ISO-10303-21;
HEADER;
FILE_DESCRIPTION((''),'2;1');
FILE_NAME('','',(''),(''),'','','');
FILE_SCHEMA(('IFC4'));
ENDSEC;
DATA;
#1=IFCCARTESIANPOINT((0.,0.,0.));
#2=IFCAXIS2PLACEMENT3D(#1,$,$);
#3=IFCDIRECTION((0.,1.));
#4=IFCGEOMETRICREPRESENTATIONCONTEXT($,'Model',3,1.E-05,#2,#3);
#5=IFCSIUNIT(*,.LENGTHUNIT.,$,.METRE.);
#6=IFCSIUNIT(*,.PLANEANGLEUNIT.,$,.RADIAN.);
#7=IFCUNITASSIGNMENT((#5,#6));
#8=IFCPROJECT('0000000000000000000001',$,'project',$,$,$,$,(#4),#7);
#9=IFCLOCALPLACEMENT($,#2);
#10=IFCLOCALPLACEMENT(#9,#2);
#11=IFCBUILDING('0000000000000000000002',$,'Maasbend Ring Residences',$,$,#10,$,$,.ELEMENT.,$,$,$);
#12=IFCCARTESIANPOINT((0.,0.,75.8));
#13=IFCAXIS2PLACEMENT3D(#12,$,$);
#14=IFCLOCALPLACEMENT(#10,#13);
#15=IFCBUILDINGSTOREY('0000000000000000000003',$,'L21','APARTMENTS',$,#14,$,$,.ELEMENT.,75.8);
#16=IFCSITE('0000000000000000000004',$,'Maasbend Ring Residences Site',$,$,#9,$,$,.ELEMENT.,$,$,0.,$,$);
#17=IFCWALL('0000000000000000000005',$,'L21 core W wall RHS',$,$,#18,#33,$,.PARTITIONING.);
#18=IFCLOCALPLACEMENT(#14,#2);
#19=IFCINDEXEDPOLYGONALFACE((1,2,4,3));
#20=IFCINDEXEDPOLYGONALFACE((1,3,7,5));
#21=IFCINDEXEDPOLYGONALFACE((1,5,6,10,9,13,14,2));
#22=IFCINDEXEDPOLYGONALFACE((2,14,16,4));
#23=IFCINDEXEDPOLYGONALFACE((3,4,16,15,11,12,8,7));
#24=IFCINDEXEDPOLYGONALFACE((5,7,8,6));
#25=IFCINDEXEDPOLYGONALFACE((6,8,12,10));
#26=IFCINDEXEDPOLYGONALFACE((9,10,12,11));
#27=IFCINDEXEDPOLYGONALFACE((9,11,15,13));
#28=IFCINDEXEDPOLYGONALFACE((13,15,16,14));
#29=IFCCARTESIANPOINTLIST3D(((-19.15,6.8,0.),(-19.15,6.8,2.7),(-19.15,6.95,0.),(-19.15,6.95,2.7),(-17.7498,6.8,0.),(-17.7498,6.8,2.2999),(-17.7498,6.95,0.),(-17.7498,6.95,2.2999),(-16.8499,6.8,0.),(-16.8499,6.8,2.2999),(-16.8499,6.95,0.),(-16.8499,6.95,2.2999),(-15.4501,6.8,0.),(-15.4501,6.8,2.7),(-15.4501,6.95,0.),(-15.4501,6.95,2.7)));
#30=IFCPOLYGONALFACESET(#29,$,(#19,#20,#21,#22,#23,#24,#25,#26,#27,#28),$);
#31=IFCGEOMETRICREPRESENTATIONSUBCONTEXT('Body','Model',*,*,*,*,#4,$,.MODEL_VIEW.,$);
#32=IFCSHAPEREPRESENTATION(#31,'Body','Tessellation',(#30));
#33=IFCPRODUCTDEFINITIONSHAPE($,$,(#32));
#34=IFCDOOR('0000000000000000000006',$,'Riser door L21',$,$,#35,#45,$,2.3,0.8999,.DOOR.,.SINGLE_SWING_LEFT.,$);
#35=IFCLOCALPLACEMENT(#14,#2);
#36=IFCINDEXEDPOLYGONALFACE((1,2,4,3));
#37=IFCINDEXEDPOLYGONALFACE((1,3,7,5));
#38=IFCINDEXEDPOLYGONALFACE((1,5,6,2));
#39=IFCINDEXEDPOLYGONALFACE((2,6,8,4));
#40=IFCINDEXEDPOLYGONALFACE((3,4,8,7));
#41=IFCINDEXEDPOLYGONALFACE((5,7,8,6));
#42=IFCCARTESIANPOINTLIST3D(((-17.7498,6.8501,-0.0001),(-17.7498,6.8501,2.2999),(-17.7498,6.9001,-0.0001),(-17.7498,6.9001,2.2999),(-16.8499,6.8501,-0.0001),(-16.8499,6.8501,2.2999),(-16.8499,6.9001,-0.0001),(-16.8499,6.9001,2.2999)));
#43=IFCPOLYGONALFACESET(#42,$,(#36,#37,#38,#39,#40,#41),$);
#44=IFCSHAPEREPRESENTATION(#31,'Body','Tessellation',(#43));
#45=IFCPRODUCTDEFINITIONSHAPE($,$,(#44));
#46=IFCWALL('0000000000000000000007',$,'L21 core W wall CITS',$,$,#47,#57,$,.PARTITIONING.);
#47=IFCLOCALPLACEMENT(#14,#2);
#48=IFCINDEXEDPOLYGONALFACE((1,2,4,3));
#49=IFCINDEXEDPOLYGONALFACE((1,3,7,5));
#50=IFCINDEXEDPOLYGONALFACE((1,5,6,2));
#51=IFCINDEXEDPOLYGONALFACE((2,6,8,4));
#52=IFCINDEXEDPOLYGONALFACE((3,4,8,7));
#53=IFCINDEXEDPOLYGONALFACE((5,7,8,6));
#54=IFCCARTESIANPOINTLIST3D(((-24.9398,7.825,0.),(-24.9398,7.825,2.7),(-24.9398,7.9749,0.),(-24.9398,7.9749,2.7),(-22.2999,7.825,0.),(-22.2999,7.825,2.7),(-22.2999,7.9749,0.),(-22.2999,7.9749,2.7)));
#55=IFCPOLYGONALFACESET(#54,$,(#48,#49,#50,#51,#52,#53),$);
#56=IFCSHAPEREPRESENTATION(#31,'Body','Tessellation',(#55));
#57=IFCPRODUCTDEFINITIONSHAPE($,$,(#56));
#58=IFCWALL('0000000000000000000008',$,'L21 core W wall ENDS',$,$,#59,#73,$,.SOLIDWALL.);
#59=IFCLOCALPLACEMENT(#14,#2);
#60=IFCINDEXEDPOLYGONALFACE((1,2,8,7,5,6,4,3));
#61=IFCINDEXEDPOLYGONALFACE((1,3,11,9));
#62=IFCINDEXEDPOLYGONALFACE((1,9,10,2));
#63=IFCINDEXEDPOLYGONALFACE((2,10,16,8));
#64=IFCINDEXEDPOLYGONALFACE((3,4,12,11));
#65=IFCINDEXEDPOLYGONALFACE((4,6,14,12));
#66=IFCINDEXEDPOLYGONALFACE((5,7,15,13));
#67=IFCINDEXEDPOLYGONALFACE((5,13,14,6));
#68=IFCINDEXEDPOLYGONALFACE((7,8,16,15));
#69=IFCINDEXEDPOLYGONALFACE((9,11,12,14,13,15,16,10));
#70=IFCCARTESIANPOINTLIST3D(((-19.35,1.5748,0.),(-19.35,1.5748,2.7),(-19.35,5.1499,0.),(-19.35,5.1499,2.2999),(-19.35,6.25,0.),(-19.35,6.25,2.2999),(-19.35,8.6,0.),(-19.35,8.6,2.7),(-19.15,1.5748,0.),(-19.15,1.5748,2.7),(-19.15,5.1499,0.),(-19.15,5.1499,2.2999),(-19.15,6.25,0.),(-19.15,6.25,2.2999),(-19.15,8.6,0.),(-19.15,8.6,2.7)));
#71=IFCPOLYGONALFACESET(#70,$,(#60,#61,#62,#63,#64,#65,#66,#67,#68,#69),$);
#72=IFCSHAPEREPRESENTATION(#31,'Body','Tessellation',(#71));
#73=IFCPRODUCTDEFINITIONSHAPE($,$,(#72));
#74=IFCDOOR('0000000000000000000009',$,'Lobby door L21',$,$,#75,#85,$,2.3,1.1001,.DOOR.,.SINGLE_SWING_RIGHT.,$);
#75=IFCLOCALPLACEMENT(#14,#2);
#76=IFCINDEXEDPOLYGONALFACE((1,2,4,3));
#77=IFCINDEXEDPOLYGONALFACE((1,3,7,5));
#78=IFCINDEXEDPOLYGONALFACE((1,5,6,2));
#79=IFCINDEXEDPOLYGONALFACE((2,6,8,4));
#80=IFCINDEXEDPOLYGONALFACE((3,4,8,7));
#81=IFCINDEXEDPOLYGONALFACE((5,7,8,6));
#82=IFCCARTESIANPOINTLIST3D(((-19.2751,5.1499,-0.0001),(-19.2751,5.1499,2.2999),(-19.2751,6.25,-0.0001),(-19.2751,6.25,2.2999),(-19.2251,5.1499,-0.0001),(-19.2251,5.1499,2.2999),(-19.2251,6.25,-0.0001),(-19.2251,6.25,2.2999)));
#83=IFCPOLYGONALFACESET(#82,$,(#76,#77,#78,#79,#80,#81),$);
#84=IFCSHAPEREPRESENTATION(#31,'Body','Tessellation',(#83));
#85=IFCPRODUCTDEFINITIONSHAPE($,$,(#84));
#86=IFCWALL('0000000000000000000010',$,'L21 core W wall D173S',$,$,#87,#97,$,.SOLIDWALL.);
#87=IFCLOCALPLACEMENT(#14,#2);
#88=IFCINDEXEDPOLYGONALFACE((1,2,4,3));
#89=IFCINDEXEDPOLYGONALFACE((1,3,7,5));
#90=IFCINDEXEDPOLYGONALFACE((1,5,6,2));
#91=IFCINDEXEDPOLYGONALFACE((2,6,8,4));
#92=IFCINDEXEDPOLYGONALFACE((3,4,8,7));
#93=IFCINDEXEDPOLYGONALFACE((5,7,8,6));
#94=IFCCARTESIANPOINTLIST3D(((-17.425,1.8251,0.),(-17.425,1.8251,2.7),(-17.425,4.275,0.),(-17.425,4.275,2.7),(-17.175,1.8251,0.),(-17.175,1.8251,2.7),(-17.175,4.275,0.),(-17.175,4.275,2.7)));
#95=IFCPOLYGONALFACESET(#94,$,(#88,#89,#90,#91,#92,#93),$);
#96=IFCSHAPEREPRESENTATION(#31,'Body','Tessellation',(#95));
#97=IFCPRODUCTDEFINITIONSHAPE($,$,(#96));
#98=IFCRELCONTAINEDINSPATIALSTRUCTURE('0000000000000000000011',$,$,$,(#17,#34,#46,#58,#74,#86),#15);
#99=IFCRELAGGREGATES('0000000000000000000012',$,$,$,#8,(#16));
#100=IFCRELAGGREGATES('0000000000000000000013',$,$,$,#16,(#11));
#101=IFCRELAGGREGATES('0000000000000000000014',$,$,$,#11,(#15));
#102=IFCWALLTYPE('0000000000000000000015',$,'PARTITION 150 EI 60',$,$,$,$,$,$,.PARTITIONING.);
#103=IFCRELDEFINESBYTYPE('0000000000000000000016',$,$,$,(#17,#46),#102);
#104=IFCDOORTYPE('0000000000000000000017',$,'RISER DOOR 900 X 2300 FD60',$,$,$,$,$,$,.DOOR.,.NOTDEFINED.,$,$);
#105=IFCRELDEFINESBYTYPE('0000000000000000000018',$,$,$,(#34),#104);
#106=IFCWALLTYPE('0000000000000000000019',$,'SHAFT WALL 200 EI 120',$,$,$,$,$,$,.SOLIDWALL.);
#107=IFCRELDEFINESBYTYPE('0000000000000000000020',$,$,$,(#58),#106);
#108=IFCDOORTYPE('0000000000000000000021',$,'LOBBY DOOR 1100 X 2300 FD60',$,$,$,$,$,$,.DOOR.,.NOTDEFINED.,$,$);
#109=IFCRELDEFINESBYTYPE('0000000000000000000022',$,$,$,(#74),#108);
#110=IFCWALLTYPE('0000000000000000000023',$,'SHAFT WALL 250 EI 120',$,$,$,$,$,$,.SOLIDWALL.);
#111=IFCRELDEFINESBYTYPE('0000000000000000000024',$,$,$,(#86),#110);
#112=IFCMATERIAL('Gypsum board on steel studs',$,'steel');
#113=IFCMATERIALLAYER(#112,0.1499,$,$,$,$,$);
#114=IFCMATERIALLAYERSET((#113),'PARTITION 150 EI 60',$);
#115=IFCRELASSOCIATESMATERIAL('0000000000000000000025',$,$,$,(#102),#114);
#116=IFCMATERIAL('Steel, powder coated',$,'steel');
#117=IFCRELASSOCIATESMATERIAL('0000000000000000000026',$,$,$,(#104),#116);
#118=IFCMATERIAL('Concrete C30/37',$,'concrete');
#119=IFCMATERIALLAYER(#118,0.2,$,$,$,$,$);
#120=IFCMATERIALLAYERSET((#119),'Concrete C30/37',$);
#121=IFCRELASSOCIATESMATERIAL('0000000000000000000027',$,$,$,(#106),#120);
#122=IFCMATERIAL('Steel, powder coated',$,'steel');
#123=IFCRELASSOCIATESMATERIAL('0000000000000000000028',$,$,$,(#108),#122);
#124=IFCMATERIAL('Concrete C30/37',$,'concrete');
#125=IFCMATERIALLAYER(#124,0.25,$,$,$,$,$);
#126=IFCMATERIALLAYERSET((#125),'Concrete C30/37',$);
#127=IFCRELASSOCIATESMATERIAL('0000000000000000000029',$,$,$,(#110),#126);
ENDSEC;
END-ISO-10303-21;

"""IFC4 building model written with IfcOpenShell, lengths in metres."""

from ifc_helpers import new_model, si_unit, direction, frame, frame_2d, origin, place, context, subcontext, project, spatial, rectangle, extrude, material, layer, layer_set, type_object, element, fill, save


model = new_model("IFC4")

# Units and contexts
model_context = context("Model", 3, precision=1e-05, world=origin(), true_north=direction((0.0, 1.0)))
body_context = subcontext(model_context, "Body", "Model", "MODEL_VIEW")
ifc_project = project(units=[si_unit("LENGTHUNIT", "METRE"), si_unit("PLANEANGLEUNIT", "RADIAN")], contexts=[model_context])

# Site, building, storey
site_placement = place(None, origin())
site = spatial("IfcSite", under=ifc_project, at=site_placement, Name="Maasbend Ring Residences Site", CompositionType="ELEMENT", RefElevation=0.0)
building_placement = place(site_placement, origin())
building = spatial("IfcBuilding", under=site, at=building_placement, Name="Maasbend Ring Residences", CompositionType="ELEMENT")
storey_placement = place(building_placement, frame((0.0, 0.0, 75.8)))
storey = spatial("IfcBuildingStorey", under=building, at=storey_placement, Name="L21", Description="APARTMENTS", CompositionType="ELEMENT", Elevation=75.8)

# Wall, opening, door
ifc_material_1 = material(Name="Gypsum board on steel studs", Category="steel")
ifc_layer_1 = layer(ifc_material_1, 0.1499)
ifc_layer_set_1 = layer_set([ifc_layer_1], Name="PARTITION 150 EI 60")
wall_type_1 = type_object("IfcWallType", Name="PARTITION 150 EI 60", PredefinedType="PARTITIONING", material=ifc_layer_set_1)
wall_1_placement = place(storey_placement, frame((-15.45, 6.875, 0.0), z_axis=(0.0, 0.0, 1.0), x_axis=(-1.0, 0.0, 0.0)))
wall_1 = element("IfcWall", 1, at=wall_1_placement, inside=storey, type_object=wall_type_1, Name="L21 core W wall RHS", PredefinedType="PARTITIONING", context=body_context, shape_type="SweptSolid", body=[
    extrude(rectangle(XDim=3.7, YDim=0.1499, at=frame_2d((1.8501, 0.0))), origin(), (0.0, 0.0, 1.0), 2.7),
])
opening_1_placement = place(wall_1_placement, frame((1.3999, 0.0, 0.0)))
opening_1 = element("IfcOpeningElement", 2, at=opening_1_placement, cuts=wall_1, PredefinedType="OPENING", context=body_context, shape_type="SweptSolid", body=[
    extrude(rectangle(XDim=0.8999, YDim=2.3, at=frame_2d((0.45, 1.1499))), frame((0.0, 0.085, 0.0), z_axis=(0.0, -1.0, 0.0), x_axis=(1.0, 0.0, 0.0)), (0.0, 0.0, 1.0), 0.1699),
])
ifc_material_2 = material(Name="Steel, powder coated", Category="steel")
door_type_1 = type_object("IfcDoorType", Name="RISER DOOR 900 X 2300 FD60", OperationType="NOTDEFINED", PredefinedType="DOOR", material=ifc_material_2)
door_1_placement = place(opening_1_placement, origin())
door_1 = element("IfcDoor", 3, at=door_1_placement, inside=storey, type_object=door_type_1, Name="Riser door L21", OperationType="SINGLE_SWING_LEFT", OverallHeight=2.3, OverallWidth=0.8999, PredefinedType="DOOR", context=body_context, shape_type="SweptSolid", body=[
    extrude(rectangle(XDim=0.8999, YDim=2.3, at=frame_2d((0.45, 1.1499))), frame((0.0, 0.0249, 0.0), z_axis=(0.0, -1.0, 0.0), x_axis=(1.0, 0.0, 0.0)), (0.0, 0.0, 1.0), 0.05),
])
fill(opening_1, door_1)

# Wall
wall_2_placement = place(storey_placement, frame((-22.3, 7.8999, 0.0), z_axis=(0.0, 0.0, 1.0), x_axis=(-1.0, 0.0, 0.0)))
element("IfcWall", 4, at=wall_2_placement, inside=storey, type_object=wall_type_1, Name="L21 core W wall CITS", PredefinedType="PARTITIONING", context=body_context, shape_type="SweptSolid", body=[
    extrude(rectangle(XDim=2.6399, YDim=0.1499, at=frame_2d((1.3198, 0.0))), origin(), (0.0, 0.0, 1.0), 2.7),
])

# Wall, opening, door
ifc_material_3 = material(Name="Concrete C30/37", Category="concrete")
ifc_layer_2 = layer(ifc_material_3, 0.2)
ifc_layer_set_2 = layer_set([ifc_layer_2], Name="Concrete C30/37")
wall_type_2 = type_object("IfcWallType", Name="SHAFT WALL 200 EI 120", PredefinedType="SOLIDWALL", material=ifc_layer_set_2)
wall_3_placement = place(storey_placement, frame((-19.25, 8.6001, 0.0), z_axis=(0.0, 0.0, 1.0), x_axis=(0.0, -1.0, 0.0)))
wall_3 = element("IfcWall", 5, at=wall_3_placement, inside=storey, type_object=wall_type_2, Name="L21 core W wall ENDS", PredefinedType="SOLIDWALL", context=body_context, shape_type="SweptSolid", body=[
    extrude(rectangle(XDim=7.0251, YDim=0.2, at=frame_2d((3.5127, 0.0))), origin(), (0.0, 0.0, 1.0), 2.7),
])
opening_2_placement = place(wall_3_placement, frame((2.3501, 0.0, 0.0)))
opening_2 = element("IfcOpeningElement", 6, at=opening_2_placement, cuts=wall_3, PredefinedType="OPENING", context=body_context, shape_type="SweptSolid", body=[
    extrude(rectangle(XDim=1.1001, YDim=2.3, at=frame_2d((0.55, 1.1499))), frame((0.0, 0.1099, 0.0), z_axis=(0.0, -1.0, 0.0), x_axis=(1.0, 0.0, 0.0)), (0.0, 0.0, 1.0), 0.22),
])
ifc_material_4 = material(Name="Steel, powder coated", Category="steel")
door_type_2 = type_object("IfcDoorType", Name="LOBBY DOOR 1100 X 2300 FD60", OperationType="NOTDEFINED", PredefinedType="DOOR", material=ifc_material_4)
door_2_placement = place(opening_2_placement, origin())
door_2 = element("IfcDoor", 7, at=door_2_placement, inside=storey, type_object=door_type_2, Name="Lobby door L21", OperationType="SINGLE_SWING_RIGHT", OverallHeight=2.3, OverallWidth=1.1001, PredefinedType="DOOR", context=body_context, shape_type="SweptSolid", body=[
    extrude(rectangle(XDim=1.1001, YDim=2.3, at=frame_2d((0.55, 1.1499))), frame((0.0, 0.0249, 0.0), z_axis=(0.0, -1.0, 0.0), x_axis=(1.0, 0.0, 0.0)), (0.0, 0.0, 1.0), 0.05),
])
fill(opening_2, door_2)

# Wall
ifc_material_5 = material(Name="Concrete C30/37", Category="concrete")
ifc_layer_3 = layer(ifc_material_5, 0.25)
ifc_layer_set_3 = layer_set([ifc_layer_3], Name="Concrete C30/37")
wall_type_3 = type_object("IfcWallType", Name="SHAFT WALL 250 EI 120", PredefinedType="SOLIDWALL", material=ifc_layer_set_3)
wall_4_placement = place(storey_placement, frame((-17.3, 1.825, 0.0), z_axis=(0.0, 0.0, 1.0), x_axis=(0.0, 1.0, 0.0)))
element("IfcWall", 8, at=wall_4_placement, inside=storey, type_object=wall_type_3, Name="L21 core W wall D173S", PredefinedType="SOLIDWALL", context=body_context, shape_type="SweptSolid", body=[
    extrude(rectangle(XDim=2.45, YDim=0.25, at=frame_2d((1.2251, 0.0))), origin(), (0.0, 0.0, 1.0), 2.7),
])

save(model, "model.ifc")
